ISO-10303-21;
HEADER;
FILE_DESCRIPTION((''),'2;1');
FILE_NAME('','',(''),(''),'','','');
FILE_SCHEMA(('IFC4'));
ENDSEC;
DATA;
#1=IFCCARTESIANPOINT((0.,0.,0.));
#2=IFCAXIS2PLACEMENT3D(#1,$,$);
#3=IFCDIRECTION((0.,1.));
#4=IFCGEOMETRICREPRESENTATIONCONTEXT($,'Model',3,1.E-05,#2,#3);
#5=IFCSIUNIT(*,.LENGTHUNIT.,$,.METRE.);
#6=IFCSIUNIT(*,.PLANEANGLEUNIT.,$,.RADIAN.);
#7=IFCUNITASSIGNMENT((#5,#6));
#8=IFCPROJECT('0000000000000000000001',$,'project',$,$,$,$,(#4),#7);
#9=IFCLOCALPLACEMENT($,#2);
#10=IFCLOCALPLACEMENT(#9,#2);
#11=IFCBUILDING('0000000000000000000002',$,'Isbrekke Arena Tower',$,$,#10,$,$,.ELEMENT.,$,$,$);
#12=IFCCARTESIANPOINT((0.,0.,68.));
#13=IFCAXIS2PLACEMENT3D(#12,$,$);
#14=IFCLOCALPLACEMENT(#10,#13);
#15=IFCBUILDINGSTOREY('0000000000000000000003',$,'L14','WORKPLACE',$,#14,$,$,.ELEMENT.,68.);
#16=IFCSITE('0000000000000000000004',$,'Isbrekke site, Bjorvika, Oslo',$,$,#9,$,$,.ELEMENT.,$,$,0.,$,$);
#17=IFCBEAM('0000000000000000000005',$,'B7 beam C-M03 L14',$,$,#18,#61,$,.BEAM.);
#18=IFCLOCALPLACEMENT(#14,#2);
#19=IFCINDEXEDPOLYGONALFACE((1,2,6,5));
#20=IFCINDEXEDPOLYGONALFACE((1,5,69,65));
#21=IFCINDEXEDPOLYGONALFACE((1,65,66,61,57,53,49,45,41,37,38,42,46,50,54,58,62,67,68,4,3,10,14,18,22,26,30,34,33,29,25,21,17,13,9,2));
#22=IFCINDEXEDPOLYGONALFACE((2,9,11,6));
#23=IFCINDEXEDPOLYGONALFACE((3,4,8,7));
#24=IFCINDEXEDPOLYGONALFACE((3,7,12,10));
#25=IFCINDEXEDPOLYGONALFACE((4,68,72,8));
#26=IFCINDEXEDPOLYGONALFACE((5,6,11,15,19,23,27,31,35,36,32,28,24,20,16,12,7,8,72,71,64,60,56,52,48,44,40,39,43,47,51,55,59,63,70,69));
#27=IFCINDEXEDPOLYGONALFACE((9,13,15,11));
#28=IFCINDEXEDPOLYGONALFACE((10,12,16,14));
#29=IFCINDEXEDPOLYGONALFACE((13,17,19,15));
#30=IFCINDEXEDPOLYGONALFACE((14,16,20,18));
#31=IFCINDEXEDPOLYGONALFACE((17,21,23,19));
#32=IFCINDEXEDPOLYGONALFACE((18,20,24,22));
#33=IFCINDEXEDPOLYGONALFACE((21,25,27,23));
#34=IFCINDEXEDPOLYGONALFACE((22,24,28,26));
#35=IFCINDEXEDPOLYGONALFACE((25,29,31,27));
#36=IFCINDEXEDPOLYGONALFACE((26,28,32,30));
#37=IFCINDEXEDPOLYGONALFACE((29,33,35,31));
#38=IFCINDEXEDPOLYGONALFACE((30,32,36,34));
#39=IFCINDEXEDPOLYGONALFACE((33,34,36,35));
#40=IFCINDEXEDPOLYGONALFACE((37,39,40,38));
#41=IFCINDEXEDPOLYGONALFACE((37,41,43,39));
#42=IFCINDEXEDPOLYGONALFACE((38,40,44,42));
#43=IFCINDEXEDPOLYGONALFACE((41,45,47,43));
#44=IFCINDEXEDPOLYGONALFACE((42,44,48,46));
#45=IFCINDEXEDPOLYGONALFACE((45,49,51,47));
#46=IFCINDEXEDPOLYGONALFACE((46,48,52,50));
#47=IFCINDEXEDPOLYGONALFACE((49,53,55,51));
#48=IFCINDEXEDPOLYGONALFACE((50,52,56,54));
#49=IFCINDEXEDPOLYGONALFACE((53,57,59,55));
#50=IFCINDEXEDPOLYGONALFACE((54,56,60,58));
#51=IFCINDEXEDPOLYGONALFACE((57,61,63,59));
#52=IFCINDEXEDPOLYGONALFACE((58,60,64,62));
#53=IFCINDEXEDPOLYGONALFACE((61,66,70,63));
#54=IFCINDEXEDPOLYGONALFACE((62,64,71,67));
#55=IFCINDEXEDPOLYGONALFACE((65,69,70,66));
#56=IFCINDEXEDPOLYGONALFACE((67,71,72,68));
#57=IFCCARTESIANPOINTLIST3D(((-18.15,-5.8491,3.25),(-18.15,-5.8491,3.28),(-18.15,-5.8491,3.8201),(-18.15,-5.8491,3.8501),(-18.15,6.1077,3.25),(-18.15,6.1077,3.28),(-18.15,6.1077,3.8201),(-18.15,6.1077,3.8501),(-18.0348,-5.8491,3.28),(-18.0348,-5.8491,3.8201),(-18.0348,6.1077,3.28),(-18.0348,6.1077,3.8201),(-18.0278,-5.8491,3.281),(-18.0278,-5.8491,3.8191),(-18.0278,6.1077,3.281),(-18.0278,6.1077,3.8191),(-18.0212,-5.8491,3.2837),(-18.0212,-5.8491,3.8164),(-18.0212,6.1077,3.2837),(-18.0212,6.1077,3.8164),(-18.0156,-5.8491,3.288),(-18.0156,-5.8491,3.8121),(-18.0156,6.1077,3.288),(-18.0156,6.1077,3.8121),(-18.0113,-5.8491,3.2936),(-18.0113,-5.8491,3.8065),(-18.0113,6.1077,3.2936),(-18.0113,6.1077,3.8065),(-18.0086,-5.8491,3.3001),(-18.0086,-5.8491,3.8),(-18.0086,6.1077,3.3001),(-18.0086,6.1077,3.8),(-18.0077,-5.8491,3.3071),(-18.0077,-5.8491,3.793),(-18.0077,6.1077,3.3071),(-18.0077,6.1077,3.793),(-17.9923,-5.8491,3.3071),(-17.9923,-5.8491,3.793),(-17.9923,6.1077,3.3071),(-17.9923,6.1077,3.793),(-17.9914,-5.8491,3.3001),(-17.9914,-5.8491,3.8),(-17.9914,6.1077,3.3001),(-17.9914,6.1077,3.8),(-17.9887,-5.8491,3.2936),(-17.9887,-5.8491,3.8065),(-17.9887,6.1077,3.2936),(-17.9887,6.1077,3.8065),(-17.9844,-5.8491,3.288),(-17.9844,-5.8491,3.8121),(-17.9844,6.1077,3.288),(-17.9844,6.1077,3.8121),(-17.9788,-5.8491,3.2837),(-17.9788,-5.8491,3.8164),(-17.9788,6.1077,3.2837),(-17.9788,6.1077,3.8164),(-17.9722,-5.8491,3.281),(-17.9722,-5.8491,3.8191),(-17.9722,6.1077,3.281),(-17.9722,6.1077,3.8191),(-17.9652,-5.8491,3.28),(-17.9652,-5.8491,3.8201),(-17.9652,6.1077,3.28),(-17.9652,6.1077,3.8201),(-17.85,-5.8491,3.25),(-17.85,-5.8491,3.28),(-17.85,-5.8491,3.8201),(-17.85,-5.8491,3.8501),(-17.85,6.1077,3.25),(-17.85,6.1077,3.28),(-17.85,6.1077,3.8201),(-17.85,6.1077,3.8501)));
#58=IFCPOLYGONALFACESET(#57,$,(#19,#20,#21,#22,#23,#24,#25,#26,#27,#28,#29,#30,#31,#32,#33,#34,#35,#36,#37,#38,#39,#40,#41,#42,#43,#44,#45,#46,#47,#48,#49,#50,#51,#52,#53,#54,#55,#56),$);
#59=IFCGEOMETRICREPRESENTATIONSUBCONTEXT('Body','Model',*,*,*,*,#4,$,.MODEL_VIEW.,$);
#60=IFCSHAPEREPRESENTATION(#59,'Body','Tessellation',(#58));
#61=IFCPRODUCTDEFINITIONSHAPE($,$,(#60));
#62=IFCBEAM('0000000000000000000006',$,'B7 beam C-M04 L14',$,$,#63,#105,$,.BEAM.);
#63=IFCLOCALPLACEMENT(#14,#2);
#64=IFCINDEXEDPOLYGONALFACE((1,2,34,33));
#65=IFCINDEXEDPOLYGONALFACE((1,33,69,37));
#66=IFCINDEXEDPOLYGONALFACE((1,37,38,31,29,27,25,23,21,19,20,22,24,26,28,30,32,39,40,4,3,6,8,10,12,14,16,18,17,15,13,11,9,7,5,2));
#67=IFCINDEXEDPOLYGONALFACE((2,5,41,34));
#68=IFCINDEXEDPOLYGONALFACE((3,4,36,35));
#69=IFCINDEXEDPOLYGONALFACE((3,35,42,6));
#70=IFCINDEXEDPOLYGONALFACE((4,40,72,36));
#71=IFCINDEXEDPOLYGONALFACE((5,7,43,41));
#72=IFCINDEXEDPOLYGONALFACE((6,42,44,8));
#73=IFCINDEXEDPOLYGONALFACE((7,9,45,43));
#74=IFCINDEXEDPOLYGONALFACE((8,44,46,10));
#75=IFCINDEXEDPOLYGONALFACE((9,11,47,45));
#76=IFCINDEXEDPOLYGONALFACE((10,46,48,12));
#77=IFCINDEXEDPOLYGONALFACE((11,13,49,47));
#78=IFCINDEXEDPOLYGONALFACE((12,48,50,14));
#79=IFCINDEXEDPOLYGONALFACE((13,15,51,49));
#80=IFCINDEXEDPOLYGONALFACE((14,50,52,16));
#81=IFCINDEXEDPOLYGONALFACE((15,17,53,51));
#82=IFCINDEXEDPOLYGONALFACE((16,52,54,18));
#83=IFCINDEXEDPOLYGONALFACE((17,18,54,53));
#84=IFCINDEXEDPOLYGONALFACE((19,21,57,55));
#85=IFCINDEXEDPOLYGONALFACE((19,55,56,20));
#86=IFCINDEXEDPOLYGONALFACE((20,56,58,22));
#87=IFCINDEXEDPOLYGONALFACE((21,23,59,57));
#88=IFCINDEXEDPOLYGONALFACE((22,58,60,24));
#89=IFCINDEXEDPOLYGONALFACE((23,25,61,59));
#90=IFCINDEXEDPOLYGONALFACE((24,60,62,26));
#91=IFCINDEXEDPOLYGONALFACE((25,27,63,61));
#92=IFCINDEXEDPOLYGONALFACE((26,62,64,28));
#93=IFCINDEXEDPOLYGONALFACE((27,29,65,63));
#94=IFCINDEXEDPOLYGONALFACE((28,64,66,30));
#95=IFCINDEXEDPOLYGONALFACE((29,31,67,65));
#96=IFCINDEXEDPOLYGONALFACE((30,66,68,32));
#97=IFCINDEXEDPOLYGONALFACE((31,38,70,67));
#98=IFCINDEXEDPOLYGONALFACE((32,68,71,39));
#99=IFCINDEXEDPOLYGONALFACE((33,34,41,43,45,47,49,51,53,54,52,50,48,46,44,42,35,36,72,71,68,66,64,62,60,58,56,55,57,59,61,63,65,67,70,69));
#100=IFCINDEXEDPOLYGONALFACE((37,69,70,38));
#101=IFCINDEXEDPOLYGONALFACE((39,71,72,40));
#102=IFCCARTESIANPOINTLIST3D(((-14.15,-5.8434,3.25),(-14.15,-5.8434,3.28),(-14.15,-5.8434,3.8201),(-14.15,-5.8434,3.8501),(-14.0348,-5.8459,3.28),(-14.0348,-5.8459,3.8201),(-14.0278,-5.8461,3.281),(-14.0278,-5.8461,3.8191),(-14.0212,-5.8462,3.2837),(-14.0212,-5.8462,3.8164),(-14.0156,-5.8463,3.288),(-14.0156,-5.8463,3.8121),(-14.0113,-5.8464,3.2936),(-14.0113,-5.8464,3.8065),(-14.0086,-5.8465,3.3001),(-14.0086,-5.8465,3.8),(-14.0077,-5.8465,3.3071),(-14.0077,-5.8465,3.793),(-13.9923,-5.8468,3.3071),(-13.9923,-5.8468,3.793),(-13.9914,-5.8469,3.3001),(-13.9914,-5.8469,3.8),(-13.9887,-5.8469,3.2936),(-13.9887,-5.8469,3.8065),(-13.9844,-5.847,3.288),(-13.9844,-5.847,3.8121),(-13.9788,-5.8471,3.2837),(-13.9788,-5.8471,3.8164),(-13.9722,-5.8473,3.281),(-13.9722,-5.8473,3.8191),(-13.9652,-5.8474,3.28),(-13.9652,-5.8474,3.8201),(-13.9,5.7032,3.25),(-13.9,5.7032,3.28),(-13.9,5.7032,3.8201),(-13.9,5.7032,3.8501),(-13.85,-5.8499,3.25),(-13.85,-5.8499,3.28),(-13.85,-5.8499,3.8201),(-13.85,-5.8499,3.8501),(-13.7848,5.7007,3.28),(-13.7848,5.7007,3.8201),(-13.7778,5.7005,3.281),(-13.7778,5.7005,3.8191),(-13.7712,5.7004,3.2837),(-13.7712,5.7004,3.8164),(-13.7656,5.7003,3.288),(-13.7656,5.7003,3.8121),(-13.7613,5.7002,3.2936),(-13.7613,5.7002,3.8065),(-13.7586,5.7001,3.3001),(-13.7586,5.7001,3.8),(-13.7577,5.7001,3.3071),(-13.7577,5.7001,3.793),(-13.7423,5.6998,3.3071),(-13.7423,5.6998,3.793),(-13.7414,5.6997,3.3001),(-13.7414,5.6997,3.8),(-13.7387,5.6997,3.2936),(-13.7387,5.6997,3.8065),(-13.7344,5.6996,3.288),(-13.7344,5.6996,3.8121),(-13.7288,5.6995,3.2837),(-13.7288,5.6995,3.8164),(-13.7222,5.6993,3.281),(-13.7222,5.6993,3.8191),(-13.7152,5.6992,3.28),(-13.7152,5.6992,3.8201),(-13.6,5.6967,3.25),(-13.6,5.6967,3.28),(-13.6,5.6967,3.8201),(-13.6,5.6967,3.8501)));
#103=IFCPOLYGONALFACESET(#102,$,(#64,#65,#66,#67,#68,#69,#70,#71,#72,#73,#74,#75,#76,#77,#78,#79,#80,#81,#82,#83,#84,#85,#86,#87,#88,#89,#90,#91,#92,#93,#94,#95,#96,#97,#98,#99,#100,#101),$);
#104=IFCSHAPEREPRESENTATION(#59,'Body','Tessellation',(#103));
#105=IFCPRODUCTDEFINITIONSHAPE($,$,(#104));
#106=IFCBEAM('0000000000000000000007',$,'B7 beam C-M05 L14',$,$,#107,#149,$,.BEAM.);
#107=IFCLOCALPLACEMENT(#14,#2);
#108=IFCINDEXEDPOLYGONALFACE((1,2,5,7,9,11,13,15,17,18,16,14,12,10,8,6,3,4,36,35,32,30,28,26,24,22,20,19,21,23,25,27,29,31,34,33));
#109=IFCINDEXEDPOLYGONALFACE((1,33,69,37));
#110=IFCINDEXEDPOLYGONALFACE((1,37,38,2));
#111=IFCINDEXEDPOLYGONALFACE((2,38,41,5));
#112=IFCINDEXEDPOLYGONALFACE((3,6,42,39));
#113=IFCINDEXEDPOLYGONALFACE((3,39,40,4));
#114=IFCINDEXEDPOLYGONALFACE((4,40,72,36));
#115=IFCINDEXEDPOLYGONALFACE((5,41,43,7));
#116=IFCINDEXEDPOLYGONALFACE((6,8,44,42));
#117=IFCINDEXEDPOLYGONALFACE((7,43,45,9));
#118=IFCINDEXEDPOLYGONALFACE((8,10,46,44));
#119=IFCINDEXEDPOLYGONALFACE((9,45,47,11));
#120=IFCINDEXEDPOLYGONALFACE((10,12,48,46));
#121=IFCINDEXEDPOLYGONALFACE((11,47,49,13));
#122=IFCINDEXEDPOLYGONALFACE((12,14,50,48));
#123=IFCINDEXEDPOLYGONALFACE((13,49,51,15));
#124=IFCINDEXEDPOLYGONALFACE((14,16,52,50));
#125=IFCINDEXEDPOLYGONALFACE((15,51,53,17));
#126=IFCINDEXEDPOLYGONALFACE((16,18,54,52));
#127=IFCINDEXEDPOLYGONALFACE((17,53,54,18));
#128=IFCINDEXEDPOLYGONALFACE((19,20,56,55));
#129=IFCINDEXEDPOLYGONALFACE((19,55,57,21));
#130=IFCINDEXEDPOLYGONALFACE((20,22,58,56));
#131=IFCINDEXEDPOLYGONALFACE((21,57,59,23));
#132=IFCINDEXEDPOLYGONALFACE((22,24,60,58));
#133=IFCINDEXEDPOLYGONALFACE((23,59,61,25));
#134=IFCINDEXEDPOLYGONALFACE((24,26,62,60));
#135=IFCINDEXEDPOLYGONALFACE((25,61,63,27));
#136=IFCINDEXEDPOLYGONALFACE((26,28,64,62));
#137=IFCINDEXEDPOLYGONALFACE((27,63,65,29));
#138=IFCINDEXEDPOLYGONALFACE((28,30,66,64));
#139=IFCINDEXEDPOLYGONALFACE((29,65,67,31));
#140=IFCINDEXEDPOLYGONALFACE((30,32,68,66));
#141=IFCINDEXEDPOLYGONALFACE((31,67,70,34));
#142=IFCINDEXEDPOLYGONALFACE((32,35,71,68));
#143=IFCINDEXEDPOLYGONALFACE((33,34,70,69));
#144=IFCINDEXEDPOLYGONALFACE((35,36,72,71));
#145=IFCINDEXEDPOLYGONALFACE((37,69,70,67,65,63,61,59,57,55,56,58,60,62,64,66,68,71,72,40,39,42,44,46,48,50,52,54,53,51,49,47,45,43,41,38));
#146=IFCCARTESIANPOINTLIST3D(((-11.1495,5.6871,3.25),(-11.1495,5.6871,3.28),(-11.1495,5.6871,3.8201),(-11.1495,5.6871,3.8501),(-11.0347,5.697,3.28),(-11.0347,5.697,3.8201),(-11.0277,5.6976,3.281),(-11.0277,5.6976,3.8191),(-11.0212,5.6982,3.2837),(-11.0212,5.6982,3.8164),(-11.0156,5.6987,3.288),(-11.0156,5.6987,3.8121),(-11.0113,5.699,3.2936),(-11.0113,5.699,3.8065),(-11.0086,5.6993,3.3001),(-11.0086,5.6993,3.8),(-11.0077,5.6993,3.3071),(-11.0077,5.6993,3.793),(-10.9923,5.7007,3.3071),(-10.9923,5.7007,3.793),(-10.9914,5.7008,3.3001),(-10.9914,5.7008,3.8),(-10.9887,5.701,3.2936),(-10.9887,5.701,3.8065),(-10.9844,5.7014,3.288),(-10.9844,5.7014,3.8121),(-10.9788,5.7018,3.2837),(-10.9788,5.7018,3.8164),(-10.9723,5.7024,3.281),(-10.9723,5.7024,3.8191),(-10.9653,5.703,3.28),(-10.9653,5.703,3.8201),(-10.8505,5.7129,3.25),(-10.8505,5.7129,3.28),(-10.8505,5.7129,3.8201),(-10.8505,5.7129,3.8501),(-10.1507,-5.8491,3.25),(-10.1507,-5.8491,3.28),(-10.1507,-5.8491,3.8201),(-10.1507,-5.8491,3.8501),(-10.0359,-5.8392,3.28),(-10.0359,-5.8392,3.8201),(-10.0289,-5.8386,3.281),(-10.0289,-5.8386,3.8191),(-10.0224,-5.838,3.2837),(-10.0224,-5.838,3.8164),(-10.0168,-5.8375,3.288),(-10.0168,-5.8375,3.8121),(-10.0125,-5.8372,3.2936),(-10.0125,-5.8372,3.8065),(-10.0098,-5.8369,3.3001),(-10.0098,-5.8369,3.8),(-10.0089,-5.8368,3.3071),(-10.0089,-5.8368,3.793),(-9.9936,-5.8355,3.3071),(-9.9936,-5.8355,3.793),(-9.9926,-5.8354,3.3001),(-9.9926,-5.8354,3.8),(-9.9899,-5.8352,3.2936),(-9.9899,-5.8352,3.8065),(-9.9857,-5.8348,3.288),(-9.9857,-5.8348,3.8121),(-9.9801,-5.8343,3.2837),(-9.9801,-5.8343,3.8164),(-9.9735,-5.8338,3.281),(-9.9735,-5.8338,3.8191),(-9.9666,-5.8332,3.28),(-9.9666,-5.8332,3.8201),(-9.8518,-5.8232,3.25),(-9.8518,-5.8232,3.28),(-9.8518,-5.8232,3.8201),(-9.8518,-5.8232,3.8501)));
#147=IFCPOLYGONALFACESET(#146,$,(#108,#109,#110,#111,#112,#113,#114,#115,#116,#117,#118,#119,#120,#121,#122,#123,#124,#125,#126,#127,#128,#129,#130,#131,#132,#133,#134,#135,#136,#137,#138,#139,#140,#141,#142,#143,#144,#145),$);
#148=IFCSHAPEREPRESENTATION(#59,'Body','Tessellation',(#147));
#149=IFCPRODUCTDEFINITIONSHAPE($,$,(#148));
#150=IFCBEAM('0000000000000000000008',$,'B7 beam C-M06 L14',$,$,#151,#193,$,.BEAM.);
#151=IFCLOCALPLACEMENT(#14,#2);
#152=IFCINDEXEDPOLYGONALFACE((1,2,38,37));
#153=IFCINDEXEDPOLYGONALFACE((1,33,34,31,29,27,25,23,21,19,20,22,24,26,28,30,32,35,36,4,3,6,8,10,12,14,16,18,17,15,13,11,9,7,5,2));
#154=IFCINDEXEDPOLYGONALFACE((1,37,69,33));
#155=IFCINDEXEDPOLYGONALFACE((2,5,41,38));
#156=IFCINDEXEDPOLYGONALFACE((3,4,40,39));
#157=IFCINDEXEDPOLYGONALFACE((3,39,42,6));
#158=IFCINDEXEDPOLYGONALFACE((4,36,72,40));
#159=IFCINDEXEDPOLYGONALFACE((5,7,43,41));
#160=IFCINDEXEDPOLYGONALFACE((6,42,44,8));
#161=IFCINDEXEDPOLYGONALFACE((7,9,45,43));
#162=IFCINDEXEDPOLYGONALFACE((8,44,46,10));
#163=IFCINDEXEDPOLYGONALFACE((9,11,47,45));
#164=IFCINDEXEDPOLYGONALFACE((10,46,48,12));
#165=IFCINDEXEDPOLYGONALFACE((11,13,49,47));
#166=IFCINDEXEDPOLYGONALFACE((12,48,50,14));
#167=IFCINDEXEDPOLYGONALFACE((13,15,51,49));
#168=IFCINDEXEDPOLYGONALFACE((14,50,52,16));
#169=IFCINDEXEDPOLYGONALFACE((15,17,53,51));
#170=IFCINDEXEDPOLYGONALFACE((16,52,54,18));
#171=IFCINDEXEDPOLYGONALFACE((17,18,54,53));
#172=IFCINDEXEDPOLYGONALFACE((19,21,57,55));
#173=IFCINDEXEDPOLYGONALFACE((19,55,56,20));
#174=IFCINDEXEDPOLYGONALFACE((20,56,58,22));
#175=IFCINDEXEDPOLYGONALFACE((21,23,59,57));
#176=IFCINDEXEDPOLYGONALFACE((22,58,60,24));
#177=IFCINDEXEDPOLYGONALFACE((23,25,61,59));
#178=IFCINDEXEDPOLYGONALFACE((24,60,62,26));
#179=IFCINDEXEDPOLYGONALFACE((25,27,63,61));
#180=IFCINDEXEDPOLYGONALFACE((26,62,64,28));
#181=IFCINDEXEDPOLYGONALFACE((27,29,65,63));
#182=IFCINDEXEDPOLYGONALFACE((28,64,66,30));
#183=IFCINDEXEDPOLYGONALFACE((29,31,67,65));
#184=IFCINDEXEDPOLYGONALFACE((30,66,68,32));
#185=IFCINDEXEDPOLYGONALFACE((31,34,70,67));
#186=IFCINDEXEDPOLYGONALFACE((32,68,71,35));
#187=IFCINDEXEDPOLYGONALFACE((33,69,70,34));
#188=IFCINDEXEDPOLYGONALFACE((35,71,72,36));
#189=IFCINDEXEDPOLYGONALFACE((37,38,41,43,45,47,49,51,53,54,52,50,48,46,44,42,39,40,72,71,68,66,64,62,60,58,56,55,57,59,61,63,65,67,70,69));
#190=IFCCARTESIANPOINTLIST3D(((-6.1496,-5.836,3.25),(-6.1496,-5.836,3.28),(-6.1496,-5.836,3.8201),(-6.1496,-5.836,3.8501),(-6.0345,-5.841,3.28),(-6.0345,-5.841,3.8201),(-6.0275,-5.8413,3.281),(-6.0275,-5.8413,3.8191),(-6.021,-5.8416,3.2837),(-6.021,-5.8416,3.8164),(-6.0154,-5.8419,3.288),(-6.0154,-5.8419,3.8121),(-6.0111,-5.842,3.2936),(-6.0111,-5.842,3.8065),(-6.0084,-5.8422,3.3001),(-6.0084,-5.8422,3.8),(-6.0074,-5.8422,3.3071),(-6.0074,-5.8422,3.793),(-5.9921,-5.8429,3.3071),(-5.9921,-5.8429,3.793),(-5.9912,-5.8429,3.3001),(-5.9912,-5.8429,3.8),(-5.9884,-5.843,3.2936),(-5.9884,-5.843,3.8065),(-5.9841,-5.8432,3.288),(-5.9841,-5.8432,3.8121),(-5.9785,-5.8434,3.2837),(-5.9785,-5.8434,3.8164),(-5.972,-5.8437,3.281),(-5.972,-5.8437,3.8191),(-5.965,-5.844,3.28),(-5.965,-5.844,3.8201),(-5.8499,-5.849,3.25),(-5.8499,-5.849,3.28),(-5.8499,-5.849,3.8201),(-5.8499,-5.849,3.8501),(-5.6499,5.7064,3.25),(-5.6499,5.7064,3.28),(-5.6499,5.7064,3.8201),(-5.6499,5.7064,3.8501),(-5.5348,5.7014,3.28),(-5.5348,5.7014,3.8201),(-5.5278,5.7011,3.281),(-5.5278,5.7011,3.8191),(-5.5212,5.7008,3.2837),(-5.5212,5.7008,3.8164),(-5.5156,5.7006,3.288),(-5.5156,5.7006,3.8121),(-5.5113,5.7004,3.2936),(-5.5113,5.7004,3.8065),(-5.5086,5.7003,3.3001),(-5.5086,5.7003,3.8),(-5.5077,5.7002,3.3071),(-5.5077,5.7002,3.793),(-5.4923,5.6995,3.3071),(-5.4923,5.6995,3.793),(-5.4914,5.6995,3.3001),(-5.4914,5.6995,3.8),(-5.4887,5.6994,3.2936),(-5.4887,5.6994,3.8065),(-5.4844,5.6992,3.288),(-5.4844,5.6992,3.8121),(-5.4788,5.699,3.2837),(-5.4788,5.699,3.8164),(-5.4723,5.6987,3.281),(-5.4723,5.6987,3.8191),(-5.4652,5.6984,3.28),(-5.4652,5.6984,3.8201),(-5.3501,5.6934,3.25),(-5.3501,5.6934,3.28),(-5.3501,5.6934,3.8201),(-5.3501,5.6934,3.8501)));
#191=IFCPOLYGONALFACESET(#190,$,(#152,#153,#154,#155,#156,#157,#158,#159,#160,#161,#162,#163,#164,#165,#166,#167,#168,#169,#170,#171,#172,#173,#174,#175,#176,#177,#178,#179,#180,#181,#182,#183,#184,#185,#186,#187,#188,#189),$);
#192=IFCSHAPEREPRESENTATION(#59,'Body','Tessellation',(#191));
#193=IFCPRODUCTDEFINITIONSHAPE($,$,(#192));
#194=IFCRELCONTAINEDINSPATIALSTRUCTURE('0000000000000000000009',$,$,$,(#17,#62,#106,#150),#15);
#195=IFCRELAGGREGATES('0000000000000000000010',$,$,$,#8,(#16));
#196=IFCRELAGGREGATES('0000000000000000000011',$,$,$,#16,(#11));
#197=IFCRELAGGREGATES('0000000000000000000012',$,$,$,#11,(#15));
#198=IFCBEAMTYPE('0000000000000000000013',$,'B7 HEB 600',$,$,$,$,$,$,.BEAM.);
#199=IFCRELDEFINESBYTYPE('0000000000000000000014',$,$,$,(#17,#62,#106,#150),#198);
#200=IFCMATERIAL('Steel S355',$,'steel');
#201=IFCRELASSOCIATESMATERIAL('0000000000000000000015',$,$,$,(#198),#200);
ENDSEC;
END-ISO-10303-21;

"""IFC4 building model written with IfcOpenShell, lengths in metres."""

from ifc_helpers import new_model, si_unit, direction, frame, origin, origin_2d, place, context, subcontext, project, spatial, i_section, extrude, material, material_profile, profile_set, type_object, element, save


model = new_model("IFC4")

# Units and contexts
model_context = context("Model", 3, precision=1e-05, world=origin(), true_north=direction((0.0, 1.0)))
body_context = subcontext(model_context, "Body", "Model", "MODEL_VIEW")
ifc_project = project(units=[si_unit("LENGTHUNIT", "METRE"), si_unit("PLANEANGLEUNIT", "RADIAN")], contexts=[model_context])

# Site, building, storey
site_placement = place(None, origin())
site = spatial("IfcSite", under=ifc_project, at=site_placement, Name="Isbrekke site, Bjorvika, Oslo", CompositionType="ELEMENT", RefElevation=0.0)
building_placement = place(site_placement, origin())
building = spatial("IfcBuilding", under=site, at=building_placement, Name="Isbrekke Arena Tower", CompositionType="ELEMENT")
storey_placement = place(building_placement, frame((0.0, 0.0, 68.0)))
storey = spatial("IfcBuildingStorey", under=building, at=storey_placement, Name="L14", Description="WORKPLACE", CompositionType="ELEMENT", Elevation=68.0)

# Beams
ifc_material_1 = material(Name="Steel S355", Category="steel")
ifc_material_profile_1 = material_profile(ifc_material_1, i_section(OverallWidth=0.3, OverallDepth=0.6001, WebThickness=0.0154, FlangeThickness=0.03, FilletRadius=0.0271, at=origin_2d()), Name="HEB 600")
ifc_profile_set_1 = profile_set([ifc_material_profile_1], Name="Steel S355")
beam_type_1 = type_object("IfcBeamType", Name="B7 HEB 600", PredefinedType="BEAM", material=ifc_profile_set_1)
beam_1_placement = place(storey_placement, frame((-18.0, -5.8491, 3.55), z_axis=(0.0, 1.0, 0.0), x_axis=(-1.0, 0.0, 0.0)))
element("IfcBeam", 1, at=beam_1_placement, inside=storey, type_object=beam_type_1, Name="B7 beam C-M03 L14", PredefinedType="BEAM", context=body_context, shape_type="SweptSolid", body=[
    extrude(i_section(OverallWidth=0.3, OverallDepth=0.6001, WebThickness=0.0154, FlangeThickness=0.03, FilletRadius=0.0271, at=origin_2d()), origin(), (0.0, 0.0, 1.0), 11.9568),
])
beam_2_placement = place(storey_placement, frame((-14.0, -5.8467, 3.55), z_axis=(0.021646, 0.999766, 0.0), x_axis=(-0.999766, 0.021646, 0.0)))
element("IfcBeam", 2, at=beam_2_placement, inside=storey, type_object=beam_type_1, Name="B7 beam C-M04 L14", PredefinedType="BEAM", context=body_context, shape_type="SweptSolid", body=[
    extrude(i_section(OverallWidth=0.3, OverallDepth=0.6001, WebThickness=0.0154, FlangeThickness=0.03, FilletRadius=0.0271, at=origin_2d()), origin(), (0.0, 0.0, 1.0), 11.5493),
])
beam_3_placement = place(storey_placement, frame((-10.0012, -5.8362, 3.55), z_axis=(-0.086256, 0.996273, 0.0), x_axis=(-0.996273, -0.086256, 0.0)))
element("IfcBeam", 3, at=beam_3_placement, inside=storey, type_object=beam_type_1, Name="B7 beam C-M05 L14", PredefinedType="BEAM", context=body_context, shape_type="SweptSolid", body=[
    extrude(i_section(OverallWidth=0.3, OverallDepth=0.6001, WebThickness=0.0154, FlangeThickness=0.03, FilletRadius=0.0271, at=origin_2d()), origin(), (0.0, 0.0, 1.0), 11.5793),
])
beam_4_placement = place(storey_placement, frame((-5.9998, -5.8425, 3.55), z_axis=(0.043257, 0.999064, 0.0), x_axis=(-0.999064, 0.043257, 0.0)))
element("IfcBeam", 4, at=beam_4_placement, inside=storey, type_object=beam_type_1, Name="B7 beam C-M06 L14", PredefinedType="BEAM", context=body_context, shape_type="SweptSolid", body=[
    extrude(i_section(OverallWidth=0.3, OverallDepth=0.6001, WebThickness=0.0154, FlangeThickness=0.03, FilletRadius=0.0271, at=origin_2d()), origin(), (0.0, 0.0, 1.0), 11.5532),
])

save(model, "model.ifc")
